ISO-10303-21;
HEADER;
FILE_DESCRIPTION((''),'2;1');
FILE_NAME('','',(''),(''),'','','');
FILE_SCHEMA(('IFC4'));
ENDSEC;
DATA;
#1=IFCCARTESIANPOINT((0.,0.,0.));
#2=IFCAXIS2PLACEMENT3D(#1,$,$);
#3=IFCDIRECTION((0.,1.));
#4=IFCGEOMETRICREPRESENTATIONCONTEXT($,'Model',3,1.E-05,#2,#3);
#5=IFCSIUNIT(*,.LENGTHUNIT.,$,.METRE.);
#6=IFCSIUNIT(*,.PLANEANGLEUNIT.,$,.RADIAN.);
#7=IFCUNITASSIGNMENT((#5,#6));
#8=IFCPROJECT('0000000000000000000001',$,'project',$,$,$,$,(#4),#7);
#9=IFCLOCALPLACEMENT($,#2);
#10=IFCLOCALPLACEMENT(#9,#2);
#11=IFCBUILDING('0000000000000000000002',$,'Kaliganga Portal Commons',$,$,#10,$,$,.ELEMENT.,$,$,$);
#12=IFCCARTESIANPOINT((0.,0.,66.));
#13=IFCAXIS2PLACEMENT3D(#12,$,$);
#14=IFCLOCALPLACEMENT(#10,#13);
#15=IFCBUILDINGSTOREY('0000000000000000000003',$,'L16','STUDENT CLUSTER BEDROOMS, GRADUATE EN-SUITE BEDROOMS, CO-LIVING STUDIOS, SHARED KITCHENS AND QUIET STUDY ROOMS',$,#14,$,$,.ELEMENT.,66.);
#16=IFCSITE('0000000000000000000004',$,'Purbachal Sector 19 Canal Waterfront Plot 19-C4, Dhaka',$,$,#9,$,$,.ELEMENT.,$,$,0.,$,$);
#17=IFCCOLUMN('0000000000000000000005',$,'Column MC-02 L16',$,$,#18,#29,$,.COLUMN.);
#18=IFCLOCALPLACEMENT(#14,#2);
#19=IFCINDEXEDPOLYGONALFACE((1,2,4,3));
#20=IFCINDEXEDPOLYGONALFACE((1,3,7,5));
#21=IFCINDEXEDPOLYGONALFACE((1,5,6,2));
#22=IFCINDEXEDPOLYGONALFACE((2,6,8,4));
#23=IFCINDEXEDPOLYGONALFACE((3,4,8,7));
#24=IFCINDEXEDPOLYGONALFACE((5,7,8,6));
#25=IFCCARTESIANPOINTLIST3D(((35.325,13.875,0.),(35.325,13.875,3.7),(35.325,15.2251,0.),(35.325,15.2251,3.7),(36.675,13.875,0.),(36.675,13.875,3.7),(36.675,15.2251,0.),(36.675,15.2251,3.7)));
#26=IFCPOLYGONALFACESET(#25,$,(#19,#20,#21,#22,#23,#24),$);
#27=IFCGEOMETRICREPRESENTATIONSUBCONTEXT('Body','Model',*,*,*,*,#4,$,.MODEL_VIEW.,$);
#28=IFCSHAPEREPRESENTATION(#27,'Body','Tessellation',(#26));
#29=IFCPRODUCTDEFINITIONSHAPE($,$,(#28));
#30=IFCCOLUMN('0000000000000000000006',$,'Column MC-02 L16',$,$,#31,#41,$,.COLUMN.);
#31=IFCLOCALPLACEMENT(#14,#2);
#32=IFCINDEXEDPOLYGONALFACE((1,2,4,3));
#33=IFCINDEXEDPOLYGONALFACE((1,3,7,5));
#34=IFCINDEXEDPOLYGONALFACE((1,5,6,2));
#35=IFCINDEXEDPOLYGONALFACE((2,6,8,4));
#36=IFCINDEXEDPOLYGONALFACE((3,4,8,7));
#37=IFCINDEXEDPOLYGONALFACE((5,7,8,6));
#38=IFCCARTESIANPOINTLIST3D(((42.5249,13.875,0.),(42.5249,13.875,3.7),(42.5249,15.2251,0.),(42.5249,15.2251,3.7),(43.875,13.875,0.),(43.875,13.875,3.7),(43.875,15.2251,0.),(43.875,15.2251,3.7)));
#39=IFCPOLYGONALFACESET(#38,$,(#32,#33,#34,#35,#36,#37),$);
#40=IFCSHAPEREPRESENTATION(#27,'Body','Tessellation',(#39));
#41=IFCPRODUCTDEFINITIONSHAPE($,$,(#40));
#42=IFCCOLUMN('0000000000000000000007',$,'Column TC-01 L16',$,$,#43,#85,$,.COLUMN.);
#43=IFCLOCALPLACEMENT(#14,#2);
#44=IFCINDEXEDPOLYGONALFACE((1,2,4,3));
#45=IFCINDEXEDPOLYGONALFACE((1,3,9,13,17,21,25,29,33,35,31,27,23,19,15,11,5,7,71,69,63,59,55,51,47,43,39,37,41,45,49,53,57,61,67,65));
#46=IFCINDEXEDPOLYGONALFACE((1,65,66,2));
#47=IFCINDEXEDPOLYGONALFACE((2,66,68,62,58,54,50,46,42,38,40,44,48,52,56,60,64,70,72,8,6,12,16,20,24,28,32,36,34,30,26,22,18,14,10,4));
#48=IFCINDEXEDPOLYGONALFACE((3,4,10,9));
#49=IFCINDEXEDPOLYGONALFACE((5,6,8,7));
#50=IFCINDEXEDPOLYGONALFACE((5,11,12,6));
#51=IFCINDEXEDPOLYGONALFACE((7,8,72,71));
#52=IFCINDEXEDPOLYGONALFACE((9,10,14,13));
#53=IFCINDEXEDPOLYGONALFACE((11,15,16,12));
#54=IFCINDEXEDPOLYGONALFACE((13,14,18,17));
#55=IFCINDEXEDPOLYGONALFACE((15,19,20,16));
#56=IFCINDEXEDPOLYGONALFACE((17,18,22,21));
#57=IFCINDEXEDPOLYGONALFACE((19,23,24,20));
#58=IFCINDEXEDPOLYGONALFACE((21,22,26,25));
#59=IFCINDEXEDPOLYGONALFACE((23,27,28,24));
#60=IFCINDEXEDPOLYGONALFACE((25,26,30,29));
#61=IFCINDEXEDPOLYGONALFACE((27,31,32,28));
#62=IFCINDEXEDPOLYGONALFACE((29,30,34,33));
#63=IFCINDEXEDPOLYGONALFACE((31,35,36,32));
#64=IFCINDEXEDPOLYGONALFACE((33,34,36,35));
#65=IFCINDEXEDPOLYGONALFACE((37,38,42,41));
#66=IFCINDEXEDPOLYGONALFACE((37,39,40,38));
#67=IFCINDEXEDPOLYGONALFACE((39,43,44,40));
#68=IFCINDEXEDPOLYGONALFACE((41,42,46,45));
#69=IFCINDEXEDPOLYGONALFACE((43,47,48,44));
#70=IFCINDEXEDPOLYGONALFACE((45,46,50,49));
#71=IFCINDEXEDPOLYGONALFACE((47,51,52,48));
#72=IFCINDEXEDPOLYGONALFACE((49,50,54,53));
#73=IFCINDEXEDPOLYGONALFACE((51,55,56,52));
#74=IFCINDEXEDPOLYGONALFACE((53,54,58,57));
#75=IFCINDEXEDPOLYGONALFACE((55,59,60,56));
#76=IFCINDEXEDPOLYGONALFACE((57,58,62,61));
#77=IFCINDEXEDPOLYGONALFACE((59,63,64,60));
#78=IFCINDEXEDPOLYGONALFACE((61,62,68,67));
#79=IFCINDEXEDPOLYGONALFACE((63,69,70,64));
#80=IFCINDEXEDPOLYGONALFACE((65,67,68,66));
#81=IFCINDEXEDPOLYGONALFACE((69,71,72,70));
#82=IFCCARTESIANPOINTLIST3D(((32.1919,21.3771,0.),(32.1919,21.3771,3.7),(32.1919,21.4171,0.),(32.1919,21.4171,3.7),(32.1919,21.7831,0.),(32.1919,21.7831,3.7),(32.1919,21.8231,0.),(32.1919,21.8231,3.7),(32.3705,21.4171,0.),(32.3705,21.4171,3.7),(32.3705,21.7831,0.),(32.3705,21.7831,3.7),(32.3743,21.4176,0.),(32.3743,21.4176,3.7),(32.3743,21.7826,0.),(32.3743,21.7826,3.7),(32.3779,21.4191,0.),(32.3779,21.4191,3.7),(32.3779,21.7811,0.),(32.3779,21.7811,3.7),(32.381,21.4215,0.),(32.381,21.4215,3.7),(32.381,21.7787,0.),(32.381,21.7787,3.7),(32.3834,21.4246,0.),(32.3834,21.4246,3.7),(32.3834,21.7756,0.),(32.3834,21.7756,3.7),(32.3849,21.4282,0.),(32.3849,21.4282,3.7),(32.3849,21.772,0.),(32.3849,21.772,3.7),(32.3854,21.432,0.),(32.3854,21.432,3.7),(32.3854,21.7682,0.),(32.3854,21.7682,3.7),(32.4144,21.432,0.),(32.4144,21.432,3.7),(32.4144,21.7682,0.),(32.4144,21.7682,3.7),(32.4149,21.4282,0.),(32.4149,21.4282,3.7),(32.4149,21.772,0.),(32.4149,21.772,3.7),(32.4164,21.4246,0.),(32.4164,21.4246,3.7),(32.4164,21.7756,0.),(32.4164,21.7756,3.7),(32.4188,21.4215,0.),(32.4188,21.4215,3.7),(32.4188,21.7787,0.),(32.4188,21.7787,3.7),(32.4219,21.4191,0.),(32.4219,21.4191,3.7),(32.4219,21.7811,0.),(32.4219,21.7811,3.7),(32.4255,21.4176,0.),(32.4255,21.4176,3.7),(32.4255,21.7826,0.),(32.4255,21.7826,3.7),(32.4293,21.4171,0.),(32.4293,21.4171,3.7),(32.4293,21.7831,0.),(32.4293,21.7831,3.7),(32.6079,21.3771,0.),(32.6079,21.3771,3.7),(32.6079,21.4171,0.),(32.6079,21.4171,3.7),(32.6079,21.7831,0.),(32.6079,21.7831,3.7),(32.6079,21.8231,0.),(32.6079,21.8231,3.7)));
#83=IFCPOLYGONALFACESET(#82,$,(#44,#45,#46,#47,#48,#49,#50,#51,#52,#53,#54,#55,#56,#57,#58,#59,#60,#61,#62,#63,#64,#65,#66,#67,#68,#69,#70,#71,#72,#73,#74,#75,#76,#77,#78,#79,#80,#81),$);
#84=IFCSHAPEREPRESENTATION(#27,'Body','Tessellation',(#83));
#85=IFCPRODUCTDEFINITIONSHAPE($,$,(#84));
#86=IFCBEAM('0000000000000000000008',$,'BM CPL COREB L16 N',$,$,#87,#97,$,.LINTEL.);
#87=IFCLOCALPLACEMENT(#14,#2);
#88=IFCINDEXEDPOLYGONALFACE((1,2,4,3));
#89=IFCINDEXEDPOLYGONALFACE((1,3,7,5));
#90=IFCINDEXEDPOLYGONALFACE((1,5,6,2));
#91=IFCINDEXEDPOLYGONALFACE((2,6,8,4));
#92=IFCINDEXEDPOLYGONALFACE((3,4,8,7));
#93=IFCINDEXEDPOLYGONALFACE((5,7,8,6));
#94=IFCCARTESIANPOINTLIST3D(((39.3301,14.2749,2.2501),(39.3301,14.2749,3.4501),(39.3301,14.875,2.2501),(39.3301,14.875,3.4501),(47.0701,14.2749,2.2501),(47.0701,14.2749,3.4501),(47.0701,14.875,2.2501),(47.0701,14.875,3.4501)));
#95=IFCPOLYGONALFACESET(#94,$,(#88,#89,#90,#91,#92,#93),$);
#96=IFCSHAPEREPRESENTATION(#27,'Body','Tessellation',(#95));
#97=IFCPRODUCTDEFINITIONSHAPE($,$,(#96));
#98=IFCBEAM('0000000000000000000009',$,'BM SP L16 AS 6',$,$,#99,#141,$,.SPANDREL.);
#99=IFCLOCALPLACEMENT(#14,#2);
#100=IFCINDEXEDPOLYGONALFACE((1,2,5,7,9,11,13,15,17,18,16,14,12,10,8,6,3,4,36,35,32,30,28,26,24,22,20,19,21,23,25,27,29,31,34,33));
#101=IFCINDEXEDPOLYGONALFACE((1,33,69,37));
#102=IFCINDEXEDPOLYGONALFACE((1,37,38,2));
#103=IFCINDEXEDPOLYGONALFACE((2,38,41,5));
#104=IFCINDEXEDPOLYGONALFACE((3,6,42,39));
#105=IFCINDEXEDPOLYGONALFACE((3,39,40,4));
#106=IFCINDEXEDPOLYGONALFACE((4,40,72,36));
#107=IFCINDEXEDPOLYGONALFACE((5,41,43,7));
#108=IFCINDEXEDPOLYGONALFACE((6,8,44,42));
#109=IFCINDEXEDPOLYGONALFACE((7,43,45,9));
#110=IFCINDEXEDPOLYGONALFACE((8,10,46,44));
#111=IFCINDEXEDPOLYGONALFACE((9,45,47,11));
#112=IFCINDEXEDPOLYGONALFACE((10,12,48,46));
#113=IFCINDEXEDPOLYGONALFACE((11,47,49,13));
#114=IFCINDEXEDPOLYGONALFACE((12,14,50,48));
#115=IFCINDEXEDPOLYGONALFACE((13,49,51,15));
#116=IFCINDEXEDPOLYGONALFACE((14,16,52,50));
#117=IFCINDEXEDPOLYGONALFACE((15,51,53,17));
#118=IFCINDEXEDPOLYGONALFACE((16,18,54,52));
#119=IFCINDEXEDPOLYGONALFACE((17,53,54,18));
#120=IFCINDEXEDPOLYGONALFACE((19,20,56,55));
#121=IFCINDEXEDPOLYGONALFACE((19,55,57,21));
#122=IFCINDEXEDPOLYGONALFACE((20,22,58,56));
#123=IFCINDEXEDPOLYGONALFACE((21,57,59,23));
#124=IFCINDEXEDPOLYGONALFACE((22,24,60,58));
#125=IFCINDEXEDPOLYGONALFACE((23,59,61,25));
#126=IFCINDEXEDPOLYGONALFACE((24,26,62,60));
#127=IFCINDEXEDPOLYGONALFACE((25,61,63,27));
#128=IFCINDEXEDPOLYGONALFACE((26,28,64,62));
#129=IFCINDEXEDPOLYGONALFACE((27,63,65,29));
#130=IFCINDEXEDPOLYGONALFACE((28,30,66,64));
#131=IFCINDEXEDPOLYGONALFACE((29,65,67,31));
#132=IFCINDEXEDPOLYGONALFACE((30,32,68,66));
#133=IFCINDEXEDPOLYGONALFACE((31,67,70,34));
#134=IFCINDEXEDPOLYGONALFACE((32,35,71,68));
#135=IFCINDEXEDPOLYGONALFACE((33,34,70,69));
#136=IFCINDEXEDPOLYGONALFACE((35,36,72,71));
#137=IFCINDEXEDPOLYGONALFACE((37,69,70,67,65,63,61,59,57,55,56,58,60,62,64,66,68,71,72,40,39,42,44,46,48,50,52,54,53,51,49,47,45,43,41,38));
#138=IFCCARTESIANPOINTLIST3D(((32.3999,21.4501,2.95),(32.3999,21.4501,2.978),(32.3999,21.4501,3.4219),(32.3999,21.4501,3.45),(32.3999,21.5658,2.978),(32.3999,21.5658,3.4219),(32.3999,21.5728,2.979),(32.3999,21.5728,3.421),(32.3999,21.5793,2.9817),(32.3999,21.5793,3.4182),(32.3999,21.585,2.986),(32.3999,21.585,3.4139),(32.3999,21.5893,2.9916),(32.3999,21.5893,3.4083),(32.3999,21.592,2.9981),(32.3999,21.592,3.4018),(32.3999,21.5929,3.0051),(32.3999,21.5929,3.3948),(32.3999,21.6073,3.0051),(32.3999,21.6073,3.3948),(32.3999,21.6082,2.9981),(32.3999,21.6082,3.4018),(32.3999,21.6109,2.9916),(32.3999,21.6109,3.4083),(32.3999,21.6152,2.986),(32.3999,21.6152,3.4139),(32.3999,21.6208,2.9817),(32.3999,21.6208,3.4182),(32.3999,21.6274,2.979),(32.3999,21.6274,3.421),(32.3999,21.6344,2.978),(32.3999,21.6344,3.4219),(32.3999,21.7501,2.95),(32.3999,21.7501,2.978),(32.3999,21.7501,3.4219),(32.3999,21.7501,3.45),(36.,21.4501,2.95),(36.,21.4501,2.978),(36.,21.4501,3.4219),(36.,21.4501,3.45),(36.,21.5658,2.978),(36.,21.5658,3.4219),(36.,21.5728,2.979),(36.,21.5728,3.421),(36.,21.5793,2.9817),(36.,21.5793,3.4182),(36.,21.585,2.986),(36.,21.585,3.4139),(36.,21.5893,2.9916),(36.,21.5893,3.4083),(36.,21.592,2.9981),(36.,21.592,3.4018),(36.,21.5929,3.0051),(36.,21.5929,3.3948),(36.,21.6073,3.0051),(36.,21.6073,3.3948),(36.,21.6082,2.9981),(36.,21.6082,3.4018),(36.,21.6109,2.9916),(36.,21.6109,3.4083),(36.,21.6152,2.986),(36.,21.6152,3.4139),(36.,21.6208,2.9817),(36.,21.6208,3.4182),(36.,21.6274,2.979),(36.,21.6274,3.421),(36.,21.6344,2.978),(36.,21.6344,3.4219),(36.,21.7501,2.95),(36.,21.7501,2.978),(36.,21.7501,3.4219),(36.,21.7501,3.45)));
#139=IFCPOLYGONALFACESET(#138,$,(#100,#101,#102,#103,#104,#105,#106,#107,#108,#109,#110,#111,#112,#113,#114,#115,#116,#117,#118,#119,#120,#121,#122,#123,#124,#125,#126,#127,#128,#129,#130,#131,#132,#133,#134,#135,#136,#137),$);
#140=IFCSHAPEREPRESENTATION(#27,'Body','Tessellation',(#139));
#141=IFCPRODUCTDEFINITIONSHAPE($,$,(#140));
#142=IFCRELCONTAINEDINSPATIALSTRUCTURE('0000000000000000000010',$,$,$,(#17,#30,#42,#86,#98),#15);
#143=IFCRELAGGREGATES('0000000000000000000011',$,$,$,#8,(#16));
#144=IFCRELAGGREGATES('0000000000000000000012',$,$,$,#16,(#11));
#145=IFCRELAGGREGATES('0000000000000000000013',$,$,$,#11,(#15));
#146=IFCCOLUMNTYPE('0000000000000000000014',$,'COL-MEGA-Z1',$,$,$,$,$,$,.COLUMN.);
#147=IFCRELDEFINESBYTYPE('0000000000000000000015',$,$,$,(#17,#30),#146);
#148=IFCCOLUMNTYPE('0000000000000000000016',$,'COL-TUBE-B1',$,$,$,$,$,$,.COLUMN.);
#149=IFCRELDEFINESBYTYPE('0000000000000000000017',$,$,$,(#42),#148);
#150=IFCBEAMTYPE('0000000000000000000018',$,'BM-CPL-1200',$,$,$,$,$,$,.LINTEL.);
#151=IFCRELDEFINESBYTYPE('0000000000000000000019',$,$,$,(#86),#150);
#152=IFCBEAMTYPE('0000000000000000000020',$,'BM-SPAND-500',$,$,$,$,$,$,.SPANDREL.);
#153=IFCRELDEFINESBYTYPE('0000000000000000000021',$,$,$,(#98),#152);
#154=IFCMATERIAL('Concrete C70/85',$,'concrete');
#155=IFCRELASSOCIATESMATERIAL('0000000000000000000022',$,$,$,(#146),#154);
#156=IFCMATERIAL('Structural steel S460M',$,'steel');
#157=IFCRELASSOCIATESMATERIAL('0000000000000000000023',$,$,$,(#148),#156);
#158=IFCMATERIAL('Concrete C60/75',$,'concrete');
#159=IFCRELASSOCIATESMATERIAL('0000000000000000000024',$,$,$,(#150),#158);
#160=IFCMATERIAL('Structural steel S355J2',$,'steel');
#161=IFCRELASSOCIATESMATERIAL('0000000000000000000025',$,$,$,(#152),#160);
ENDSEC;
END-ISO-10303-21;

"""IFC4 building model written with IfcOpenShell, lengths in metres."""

from ifc_helpers import new_model, si_unit, direction, frame, origin, origin_2d, place, context, subcontext, project, spatial, rectangle, i_section, extrude, source, transform, mapped, material, material_profile, profile_set, type_object, element, save


model = new_model("IFC4")

# Units and contexts
model_context = context("Model", 3, precision=1e-05, world=origin(), true_north=direction((0.0, 1.0)))
body_context = subcontext(model_context, "Body", "Model", "MODEL_VIEW")
ifc_project = project(units=[si_unit("LENGTHUNIT", "METRE"), si_unit("PLANEANGLEUNIT", "RADIAN")], contexts=[model_context])

# Site, building, storey
site_placement = place(None, origin())
site = spatial("IfcSite", under=ifc_project, at=site_placement, Name="Purbachal Sector 19 Canal Waterfront Plot 19-C4, Dhaka", CompositionType="ELEMENT", RefElevation=0.0)
building_placement = place(site_placement, origin())
building = spatial("IfcBuilding", under=site, at=building_placement, Name="Kaliganga Portal Commons", CompositionType="ELEMENT")
storey_placement = place(building_placement, frame((0.0, 0.0, 66.0)))
storey = spatial("IfcBuildingStorey", under=building, at=storey_placement, Name="L16", Description="STUDENT CLUSTER BEDROOMS, GRADUATE EN-SUITE BEDROOMS, CO-LIVING STUDIOS, SHARED KITCHENS AND QUIET STUDY ROOMS", CompositionType="ELEMENT", Elevation=66.0)

# Columns
ifc_material_1 = material(Name="Concrete C70/85", Category="concrete")
ifc_material_profile_1 = material_profile(ifc_material_1, rectangle(XDim=1.3501, YDim=1.3501, at=origin_2d()), Name="RC 1350x1350")
ifc_profile_set_1 = profile_set([ifc_material_profile_1], Name="Concrete C70/85")
column_type_1 = type_object("IfcColumnType", Name="COL-MEGA-Z1", PredefinedType="COLUMN", material=ifc_profile_set_1)
shared_shape_1 = source(origin(), body_context, "Body", "SweptSolid", [
    extrude(rectangle(XDim=1.3501, YDim=1.3501, at=origin_2d()), origin(), (0.0, 0.0, 1.0), 3.7),
])
for number, where, z_axis, x_axis, name in (
    (1, (36.0, 14.55, 0.0), (0.0, 0.0, 1.0), (1.0, 0.0, 0.0), "Column MC-02 L16"),
    (2, (43.2, 14.55, 0.0), (0.0, 0.0, 1.0), (1.0, 0.0, 0.0), "Column MC-02 L16"),
):
    element("IfcColumn", number, at=place(storey_placement, frame(where, z_axis=z_axis, x_axis=x_axis)), inside=storey, type_object=column_type_1, Name=name, PredefinedType="COLUMN", context=body_context, shape_type="MappedRepresentation", body=[
        mapped(shared_shape_1, transform((0.0, 0.0, 0.0), x_axis=(1.0, 0.0, 0.0), y_axis=(0.0, 1.0, 0.0), z_axis=(0.0, 0.0, 1.0), scale=1.0)),
    ])
ifc_material_2 = material(Name="Structural steel S460M", Category="steel")
ifc_material_profile_2 = material_profile(ifc_material_2, i_section(OverallWidth=0.416, OverallDepth=0.446, WebThickness=0.0291, FlangeThickness=0.04, FilletRadius=0.0149, at=origin_2d()), Name="HD 400x509")
ifc_profile_set_2 = profile_set([ifc_material_profile_2], Name="Structural steel S460M wide-flange")
column_type_2 = type_object("IfcColumnType", Name="COL-TUBE-B1", PredefinedType="COLUMN", material=ifc_profile_set_2)
shared_shape_2 = source(origin(), body_context, "Body", "SweptSolid", [
    extrude(i_section(OverallWidth=0.416, OverallDepth=0.446, WebThickness=0.0291, FlangeThickness=0.04, FilletRadius=0.0149, at=origin_2d()), origin(), (0.0, 0.0, 1.0), 3.7),
])
column_placement = place(storey_placement, frame((32.3999, 21.6001, 0.0), z_axis=(0.0, 0.0, 1.0), x_axis=(1.0, 0.0, 0.0)))
element("IfcColumn", 3, at=column_placement, inside=storey, type_object=column_type_2, Name="Column TC-01 L16", PredefinedType="COLUMN", context=body_context, shape_type="MappedRepresentation", body=[
    mapped(shared_shape_2, transform((0.0, 0.0, 0.0), x_axis=(1.0, 0.0, 0.0), y_axis=(0.0, 1.0, 0.0), z_axis=(0.0, 0.0, 1.0), scale=1.0)),
])

# Beams
ifc_material_3 = material(Name="Concrete C60/75", Category="concrete")
ifc_material_profile_3 = material_profile(ifc_material_3, rectangle(XDim=0.6001, YDim=1.2, at=origin_2d()), Name="RC 600x1200")
ifc_profile_set_3 = profile_set([ifc_material_profile_3], Name="Concrete C60/75")
beam_type_1 = type_object("IfcBeamType", Name="BM-CPL-1200", PredefinedType="LINTEL", material=ifc_profile_set_3)
shared_shape_3 = source(origin(), body_context, "Body", "SweptSolid", [
    extrude(rectangle(XDim=0.6001, YDim=1.2, at=origin_2d()), origin(), (0.0, 0.0, 1.0), 7.74),
])
beam_1_placement = place(storey_placement, frame((39.3301, 14.575, 2.8501), z_axis=(1.0, 0.0, 0.0), x_axis=(0.0, 1.0, 0.0)))
element("IfcBeam", 4, at=beam_1_placement, inside=storey, type_object=beam_type_1, Name="BM CPL COREB L16 N", PredefinedType="LINTEL", context=body_context, shape_type="MappedRepresentation", body=[
    mapped(shared_shape_3, transform((0.0, 0.0, 0.0), x_axis=(1.0, 0.0, 0.0), y_axis=(0.0, 1.0, 0.0), z_axis=(0.0, 0.0, 1.0), scale=1.0)),
])
ifc_material_4 = material(Name="Structural steel S355J2", Category="steel")
ifc_material_profile_4 = material_profile(ifc_material_4, i_section(OverallWidth=0.3, OverallDepth=0.5, WebThickness=0.0144, FlangeThickness=0.0281, FilletRadius=0.0271, at=origin_2d()), Name="HE 500 B")
ifc_profile_set_4 = profile_set([ifc_material_profile_4], Name="Structural steel S355J2 wide-flange")
beam_type_2 = type_object("IfcBeamType", Name="BM-SPAND-500", PredefinedType="SPANDREL", material=ifc_profile_set_4)
shared_shape_4 = source(origin(), body_context, "Body", "SweptSolid", [
    extrude(i_section(OverallWidth=0.3, OverallDepth=0.5, WebThickness=0.0144, FlangeThickness=0.0281, FilletRadius=0.0271, at=origin_2d()), origin(), (0.0, 0.0, 1.0), 3.6001),
])
beam_2_placement = place(storey_placement, frame((32.3999, 21.6001, 3.2), z_axis=(1.0, 0.0, 0.0), x_axis=(0.0, 1.0, 0.0)))
element("IfcBeam", 5, at=beam_2_placement, inside=storey, type_object=beam_type_2, Name="BM SP L16 AS 6", PredefinedType="SPANDREL", context=body_context, shape_type="MappedRepresentation", body=[
    mapped(shared_shape_4, transform((0.0, 0.0, 0.0), x_axis=(1.0, 0.0, 0.0), y_axis=(0.0, 1.0, 0.0), z_axis=(0.0, 0.0, 1.0), scale=1.0)),
])

save(model, "model.ifc")
